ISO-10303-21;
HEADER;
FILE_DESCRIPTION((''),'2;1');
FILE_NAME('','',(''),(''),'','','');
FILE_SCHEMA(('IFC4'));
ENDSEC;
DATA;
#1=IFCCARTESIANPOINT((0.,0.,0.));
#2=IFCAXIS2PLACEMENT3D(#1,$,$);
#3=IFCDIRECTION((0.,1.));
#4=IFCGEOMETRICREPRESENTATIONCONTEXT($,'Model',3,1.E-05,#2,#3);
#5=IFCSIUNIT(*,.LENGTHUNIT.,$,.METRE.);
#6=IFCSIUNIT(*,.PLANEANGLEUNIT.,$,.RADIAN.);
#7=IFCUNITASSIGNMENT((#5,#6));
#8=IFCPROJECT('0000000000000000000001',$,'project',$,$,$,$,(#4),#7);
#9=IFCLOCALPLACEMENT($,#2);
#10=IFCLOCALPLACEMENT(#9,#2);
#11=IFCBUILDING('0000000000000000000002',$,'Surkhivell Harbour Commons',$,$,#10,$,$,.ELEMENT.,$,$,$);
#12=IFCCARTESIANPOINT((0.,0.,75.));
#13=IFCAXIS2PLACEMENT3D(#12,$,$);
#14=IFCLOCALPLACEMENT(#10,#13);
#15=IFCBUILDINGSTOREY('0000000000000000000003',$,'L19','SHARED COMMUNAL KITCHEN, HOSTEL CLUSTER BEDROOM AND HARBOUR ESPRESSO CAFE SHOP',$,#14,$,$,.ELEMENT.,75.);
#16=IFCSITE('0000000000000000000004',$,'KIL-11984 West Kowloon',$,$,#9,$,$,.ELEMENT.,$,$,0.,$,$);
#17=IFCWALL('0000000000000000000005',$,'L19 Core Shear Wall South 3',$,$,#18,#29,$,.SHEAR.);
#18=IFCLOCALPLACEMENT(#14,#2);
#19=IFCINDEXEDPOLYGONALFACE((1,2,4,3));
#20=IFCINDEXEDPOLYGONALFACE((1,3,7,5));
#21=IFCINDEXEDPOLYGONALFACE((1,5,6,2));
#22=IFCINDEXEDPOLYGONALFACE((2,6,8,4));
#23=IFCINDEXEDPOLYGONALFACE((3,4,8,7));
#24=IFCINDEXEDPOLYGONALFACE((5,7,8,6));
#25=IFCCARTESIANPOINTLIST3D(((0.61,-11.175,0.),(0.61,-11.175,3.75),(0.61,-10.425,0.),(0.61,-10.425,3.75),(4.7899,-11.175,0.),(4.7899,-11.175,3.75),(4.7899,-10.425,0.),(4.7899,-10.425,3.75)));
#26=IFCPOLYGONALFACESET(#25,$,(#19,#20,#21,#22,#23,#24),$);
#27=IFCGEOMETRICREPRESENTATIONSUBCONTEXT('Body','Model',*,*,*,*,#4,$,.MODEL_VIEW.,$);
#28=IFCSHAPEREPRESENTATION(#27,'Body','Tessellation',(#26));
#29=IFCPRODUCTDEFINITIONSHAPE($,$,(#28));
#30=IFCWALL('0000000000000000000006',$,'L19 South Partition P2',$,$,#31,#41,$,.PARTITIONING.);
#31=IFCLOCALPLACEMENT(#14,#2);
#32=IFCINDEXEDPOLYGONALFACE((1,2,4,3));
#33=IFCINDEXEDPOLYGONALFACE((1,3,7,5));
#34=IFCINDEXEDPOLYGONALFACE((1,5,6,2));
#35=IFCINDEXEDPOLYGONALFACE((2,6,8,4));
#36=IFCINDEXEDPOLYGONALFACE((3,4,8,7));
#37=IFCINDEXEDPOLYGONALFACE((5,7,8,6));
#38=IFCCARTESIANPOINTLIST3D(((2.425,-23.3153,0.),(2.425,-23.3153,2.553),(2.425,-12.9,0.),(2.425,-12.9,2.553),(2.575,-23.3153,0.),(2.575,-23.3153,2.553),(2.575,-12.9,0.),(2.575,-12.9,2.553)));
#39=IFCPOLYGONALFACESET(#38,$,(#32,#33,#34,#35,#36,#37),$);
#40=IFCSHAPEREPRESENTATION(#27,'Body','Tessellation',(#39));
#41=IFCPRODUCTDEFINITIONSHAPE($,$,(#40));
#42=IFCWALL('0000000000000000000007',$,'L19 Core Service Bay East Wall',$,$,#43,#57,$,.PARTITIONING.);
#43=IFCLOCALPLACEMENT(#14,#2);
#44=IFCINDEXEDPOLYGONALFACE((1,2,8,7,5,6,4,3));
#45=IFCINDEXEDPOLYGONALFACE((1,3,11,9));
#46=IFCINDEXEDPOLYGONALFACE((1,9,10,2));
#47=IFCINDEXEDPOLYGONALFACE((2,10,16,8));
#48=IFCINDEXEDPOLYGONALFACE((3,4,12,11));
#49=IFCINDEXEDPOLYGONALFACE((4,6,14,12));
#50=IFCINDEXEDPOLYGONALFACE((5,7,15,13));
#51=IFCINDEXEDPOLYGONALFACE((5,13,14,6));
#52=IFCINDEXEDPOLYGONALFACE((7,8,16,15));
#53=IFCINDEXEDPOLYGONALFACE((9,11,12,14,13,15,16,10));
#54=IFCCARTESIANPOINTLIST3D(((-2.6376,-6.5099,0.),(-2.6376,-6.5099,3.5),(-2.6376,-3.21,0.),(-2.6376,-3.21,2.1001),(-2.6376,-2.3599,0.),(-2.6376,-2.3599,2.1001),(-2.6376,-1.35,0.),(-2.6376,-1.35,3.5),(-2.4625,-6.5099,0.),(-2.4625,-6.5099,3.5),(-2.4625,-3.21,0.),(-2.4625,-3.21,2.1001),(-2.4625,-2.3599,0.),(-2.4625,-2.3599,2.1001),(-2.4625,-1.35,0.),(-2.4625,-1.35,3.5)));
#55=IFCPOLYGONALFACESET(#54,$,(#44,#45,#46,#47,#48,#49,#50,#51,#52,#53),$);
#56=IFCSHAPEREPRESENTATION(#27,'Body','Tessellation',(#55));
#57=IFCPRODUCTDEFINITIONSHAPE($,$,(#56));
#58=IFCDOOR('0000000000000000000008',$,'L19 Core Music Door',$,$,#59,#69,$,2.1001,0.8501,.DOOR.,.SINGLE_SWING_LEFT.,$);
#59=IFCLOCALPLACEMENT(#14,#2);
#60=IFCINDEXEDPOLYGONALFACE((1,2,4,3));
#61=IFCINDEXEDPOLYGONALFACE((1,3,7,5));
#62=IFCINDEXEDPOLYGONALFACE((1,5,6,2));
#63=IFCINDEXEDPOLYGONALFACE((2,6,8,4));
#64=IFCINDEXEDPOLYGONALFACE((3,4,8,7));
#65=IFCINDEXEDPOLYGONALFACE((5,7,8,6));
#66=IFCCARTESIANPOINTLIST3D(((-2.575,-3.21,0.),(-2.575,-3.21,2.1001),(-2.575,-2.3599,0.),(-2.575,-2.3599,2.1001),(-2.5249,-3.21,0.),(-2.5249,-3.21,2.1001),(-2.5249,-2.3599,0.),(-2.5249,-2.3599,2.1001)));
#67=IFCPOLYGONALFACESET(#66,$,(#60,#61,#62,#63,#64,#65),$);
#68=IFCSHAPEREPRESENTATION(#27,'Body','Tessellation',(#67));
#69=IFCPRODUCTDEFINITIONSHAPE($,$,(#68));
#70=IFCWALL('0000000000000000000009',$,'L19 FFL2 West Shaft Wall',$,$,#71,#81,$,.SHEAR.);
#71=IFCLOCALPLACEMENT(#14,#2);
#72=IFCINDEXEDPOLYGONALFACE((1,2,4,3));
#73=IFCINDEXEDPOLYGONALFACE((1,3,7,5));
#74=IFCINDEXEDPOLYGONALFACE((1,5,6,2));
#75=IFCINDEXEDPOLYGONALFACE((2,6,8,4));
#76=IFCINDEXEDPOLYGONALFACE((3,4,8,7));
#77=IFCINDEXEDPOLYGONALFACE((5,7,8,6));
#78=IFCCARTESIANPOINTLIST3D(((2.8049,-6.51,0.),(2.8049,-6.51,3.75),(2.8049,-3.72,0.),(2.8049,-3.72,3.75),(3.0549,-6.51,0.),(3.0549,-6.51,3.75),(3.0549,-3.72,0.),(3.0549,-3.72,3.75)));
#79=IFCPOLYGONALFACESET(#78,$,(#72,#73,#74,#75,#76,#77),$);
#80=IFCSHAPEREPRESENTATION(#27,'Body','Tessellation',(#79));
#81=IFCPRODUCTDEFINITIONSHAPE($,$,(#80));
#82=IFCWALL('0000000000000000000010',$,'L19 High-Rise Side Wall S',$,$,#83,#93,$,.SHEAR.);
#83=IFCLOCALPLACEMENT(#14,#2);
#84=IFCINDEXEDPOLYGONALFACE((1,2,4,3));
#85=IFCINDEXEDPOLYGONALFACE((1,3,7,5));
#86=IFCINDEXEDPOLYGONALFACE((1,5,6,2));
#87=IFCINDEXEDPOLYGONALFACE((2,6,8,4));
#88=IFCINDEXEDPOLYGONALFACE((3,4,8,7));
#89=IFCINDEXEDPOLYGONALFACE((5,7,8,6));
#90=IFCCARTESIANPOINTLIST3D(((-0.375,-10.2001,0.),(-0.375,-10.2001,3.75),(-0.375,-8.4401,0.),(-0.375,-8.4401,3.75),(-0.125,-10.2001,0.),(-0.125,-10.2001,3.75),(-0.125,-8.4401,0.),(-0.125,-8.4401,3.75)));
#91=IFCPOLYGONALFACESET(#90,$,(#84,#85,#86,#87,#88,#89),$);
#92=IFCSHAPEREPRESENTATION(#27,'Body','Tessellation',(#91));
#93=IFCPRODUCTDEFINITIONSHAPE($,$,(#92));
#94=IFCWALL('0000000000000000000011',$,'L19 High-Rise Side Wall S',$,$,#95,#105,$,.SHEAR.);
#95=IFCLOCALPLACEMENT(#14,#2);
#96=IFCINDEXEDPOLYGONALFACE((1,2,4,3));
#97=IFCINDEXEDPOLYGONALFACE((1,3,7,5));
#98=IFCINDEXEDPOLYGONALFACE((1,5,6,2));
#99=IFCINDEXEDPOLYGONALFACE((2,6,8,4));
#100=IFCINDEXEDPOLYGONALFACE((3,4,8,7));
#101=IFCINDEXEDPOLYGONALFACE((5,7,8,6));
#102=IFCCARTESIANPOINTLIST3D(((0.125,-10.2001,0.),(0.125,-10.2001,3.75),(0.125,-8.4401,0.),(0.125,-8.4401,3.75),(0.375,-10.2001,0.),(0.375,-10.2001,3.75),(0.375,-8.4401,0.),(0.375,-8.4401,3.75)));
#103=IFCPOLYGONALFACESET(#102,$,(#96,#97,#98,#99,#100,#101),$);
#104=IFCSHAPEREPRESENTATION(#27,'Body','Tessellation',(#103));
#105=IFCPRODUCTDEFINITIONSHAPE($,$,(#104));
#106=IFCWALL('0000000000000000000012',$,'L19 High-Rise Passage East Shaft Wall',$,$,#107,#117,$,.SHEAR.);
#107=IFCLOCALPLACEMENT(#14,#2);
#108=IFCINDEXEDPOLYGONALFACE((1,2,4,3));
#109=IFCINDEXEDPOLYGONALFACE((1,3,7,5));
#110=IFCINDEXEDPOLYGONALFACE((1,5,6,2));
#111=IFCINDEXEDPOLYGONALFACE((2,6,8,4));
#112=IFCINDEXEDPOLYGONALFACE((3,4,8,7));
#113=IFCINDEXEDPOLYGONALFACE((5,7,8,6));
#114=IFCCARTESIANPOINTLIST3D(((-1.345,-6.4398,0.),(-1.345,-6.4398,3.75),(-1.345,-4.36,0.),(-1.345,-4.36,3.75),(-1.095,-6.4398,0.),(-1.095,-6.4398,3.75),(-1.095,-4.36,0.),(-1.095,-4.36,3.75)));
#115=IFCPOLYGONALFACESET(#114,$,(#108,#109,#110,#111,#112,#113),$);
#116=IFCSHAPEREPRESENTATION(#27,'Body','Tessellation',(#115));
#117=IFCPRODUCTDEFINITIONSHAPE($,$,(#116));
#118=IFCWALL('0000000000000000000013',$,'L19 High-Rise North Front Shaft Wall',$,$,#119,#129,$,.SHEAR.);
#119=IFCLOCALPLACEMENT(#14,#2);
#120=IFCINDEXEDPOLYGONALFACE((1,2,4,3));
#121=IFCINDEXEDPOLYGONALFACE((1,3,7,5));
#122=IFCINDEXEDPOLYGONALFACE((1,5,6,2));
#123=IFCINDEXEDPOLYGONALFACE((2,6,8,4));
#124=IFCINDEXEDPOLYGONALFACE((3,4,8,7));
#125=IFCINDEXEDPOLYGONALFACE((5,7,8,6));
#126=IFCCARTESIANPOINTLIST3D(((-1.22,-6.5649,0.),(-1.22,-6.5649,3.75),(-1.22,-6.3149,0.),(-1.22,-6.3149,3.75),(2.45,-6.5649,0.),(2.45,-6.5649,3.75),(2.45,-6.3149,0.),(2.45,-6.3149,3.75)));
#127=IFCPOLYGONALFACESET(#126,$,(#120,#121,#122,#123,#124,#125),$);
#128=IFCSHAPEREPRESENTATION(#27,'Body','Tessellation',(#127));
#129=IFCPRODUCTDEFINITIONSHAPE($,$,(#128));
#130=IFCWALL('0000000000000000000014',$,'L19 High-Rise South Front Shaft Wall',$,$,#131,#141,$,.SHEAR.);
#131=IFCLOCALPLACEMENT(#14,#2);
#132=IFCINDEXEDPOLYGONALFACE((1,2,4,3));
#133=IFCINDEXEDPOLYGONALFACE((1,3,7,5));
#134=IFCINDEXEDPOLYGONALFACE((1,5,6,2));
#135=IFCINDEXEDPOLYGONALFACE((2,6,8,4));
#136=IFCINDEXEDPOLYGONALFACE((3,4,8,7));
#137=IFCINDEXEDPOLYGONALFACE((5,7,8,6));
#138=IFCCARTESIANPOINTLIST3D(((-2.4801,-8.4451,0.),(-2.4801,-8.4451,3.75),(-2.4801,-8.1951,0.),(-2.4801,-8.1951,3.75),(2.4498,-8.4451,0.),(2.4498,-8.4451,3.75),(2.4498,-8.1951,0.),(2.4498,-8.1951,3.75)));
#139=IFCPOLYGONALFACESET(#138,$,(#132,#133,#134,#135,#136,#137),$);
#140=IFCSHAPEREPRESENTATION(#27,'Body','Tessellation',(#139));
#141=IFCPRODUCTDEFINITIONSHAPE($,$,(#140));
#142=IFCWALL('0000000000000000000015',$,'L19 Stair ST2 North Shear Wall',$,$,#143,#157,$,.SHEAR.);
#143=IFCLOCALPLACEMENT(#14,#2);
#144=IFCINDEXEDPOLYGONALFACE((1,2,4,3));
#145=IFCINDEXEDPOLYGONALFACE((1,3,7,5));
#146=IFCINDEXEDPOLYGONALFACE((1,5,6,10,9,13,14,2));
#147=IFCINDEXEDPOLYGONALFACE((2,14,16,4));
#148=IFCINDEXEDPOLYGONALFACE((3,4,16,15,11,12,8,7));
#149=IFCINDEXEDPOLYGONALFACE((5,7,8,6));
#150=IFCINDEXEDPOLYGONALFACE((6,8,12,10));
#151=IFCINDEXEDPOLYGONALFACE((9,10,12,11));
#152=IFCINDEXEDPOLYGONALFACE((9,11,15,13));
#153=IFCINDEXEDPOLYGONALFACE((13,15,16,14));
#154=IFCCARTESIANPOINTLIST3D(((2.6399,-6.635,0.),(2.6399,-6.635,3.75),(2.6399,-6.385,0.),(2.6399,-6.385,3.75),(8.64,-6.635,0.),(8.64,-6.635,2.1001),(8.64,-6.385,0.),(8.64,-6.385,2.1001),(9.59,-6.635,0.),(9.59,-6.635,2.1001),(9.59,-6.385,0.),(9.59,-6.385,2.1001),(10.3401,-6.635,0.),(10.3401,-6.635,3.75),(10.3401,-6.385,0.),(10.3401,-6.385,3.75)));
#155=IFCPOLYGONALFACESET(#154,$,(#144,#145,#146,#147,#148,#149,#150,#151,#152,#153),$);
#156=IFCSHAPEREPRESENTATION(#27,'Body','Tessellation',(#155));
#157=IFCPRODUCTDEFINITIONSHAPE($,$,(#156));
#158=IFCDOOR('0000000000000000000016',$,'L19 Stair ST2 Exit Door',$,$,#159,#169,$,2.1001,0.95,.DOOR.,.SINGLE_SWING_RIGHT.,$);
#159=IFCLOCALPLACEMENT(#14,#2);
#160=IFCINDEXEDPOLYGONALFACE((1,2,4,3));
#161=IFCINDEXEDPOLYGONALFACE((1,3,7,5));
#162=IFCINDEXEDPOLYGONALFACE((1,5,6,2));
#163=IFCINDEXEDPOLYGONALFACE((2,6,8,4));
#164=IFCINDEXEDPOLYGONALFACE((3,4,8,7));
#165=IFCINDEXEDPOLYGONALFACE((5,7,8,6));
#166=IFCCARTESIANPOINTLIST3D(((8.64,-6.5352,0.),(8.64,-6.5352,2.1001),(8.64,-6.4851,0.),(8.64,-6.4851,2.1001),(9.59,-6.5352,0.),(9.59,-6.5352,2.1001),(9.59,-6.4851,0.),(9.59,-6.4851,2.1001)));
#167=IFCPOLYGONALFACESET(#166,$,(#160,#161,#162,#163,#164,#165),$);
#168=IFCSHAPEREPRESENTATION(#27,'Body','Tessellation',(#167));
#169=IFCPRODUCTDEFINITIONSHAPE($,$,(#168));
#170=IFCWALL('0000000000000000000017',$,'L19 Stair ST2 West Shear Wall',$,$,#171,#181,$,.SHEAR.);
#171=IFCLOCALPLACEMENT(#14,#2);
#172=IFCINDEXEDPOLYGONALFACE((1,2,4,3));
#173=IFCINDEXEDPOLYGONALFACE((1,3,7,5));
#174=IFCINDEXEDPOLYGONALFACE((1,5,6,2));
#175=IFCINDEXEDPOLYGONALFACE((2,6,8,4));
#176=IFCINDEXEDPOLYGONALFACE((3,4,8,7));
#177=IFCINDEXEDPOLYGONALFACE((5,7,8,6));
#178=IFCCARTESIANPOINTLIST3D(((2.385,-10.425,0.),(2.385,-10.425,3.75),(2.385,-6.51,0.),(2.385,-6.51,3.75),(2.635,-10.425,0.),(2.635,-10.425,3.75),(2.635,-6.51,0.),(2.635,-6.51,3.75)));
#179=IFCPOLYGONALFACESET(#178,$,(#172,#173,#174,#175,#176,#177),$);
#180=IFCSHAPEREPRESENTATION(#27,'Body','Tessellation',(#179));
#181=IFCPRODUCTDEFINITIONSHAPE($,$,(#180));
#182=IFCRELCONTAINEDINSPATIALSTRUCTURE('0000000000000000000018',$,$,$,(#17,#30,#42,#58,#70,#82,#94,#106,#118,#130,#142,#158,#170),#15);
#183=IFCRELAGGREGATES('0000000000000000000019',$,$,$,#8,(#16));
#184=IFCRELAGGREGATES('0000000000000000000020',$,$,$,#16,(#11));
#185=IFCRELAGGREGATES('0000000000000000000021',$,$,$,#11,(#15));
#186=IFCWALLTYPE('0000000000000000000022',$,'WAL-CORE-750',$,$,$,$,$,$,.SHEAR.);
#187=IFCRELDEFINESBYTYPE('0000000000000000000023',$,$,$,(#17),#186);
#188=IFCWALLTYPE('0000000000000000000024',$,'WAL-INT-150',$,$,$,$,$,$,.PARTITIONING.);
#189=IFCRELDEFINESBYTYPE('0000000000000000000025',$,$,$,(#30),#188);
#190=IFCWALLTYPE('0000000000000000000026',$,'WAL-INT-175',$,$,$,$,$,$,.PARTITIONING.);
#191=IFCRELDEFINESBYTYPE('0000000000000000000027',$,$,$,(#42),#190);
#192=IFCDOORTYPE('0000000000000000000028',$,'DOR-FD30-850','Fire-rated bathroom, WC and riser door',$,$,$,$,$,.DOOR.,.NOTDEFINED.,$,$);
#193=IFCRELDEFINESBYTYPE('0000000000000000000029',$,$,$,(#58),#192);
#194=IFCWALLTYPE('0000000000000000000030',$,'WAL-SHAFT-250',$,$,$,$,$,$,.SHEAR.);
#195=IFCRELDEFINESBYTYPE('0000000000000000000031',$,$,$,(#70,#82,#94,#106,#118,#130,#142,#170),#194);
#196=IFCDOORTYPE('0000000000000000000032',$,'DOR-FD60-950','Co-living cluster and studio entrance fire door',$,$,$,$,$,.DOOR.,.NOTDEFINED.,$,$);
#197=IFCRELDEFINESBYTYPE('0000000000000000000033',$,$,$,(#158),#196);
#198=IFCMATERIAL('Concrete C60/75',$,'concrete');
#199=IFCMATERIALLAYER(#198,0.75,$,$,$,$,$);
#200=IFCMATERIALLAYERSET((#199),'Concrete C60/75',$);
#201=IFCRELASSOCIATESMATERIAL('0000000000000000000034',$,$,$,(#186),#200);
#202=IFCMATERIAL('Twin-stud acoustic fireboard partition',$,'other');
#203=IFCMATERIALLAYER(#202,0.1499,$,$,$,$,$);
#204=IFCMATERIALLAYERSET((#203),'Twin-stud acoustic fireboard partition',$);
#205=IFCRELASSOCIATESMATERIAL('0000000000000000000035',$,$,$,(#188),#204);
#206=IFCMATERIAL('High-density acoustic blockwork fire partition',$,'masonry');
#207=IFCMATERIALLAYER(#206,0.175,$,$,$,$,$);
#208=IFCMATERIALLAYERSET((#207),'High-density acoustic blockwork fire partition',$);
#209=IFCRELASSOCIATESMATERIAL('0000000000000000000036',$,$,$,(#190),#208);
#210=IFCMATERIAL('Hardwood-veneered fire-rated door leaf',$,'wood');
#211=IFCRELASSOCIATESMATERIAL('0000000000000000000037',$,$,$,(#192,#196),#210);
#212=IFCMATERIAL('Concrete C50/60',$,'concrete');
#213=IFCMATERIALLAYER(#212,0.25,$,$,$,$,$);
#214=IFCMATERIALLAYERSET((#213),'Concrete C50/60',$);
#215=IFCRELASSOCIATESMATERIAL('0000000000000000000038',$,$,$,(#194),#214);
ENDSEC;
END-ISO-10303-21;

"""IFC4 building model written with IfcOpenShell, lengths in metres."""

from ifc_helpers import new_model, si_unit, direction, frame, frame_2d, origin, place, context, subcontext, project, spatial, rectangle, extrude, material, layer, layer_set, type_object, element, fill, save


model = new_model("IFC4")

# Units and contexts
model_context = context("Model", 3, precision=1e-05, world=origin(), true_north=direction((0.0, 1.0)))
body_context = subcontext(model_context, "Body", "Model", "MODEL_VIEW")
ifc_project = project(units=[si_unit("LENGTHUNIT", "METRE"), si_unit("PLANEANGLEUNIT", "RADIAN")], contexts=[model_context])

# Site, building, storey
site_placement = place(None, origin())
site = spatial("IfcSite", under=ifc_project, at=site_placement, Name="KIL-11984 West Kowloon", CompositionType="ELEMENT", RefElevation=0.0)
building_placement = place(site_placement, origin())
building = spatial("IfcBuilding", under=site, at=building_placement, Name="Surkhivell Harbour Commons", CompositionType="ELEMENT")
storey_placement = place(building_placement, frame((0.0, 0.0, 75.0)))
storey = spatial("IfcBuildingStorey", under=building, at=storey_placement, Name="L19", Description="SHARED COMMUNAL KITCHEN, HOSTEL CLUSTER BEDROOM AND HARBOUR ESPRESSO CAFE SHOP", CompositionType="ELEMENT", Elevation=75.0)

# Walls
ifc_material_1 = material(Name="Concrete C60/75", Category="concrete")
ifc_layer_1 = layer(ifc_material_1, 0.75)
ifc_layer_set_1 = layer_set([ifc_layer_1], Name="Concrete C60/75")
wall_type_1 = type_object("IfcWallType", Name="WAL-CORE-750", PredefinedType="SHEAR", material=ifc_layer_set_1)
wall_1_placement = place(storey_placement, frame((0.6101, -10.8, 0.0), z_axis=(0.0, 0.0, 1.0), x_axis=(1.0, 0.0, 0.0)))
element("IfcWall", 1, at=wall_1_placement, inside=storey, type_object=wall_type_1, Name="L19 Core Shear Wall South 3", PredefinedType="SHEAR", context=body_context, shape_type="SweptSolid", body=[
    extrude(rectangle(XDim=4.1799, YDim=0.75, at=frame_2d((2.0898, 0.0))), origin(), (0.0, 0.0, 1.0), 3.75),
])
ifc_material_2 = material(Name="Twin-stud acoustic fireboard partition", Category="other")
ifc_layer_2 = layer(ifc_material_2, 0.1499)
ifc_layer_set_2 = layer_set([ifc_layer_2], Name="Twin-stud acoustic fireboard partition")
wall_type_2 = type_object("IfcWallType", Name="WAL-INT-150", PredefinedType="PARTITIONING", material=ifc_layer_set_2)
wall_2_placement = place(storey_placement, frame((2.5, -23.3152, 0.0), z_axis=(0.0, 0.0, 1.0), x_axis=(0.0, 1.0, 0.0)))
element("IfcWall", 2, at=wall_2_placement, inside=storey, type_object=wall_type_2, Name="L19 South Partition P2", PredefinedType="PARTITIONING", context=body_context, shape_type="SweptSolid", body=[
    extrude(rectangle(XDim=10.4153, YDim=0.1499, at=frame_2d((5.2075, 0.0))), origin(), (0.0, 0.0, 1.0), 2.553),
])

# Wall, opening, door
ifc_material_3 = material(Name="High-density acoustic blockwork fire partition", Category="masonry")
ifc_layer_3 = layer(ifc_material_3, 0.175)
ifc_layer_set_3 = layer_set([ifc_layer_3], Name="High-density acoustic blockwork fire partition")
wall_type_3 = type_object("IfcWallType", Name="WAL-INT-175", PredefinedType="PARTITIONING", material=ifc_layer_set_3)
wall_3_placement = place(storey_placement, frame((-2.55, -6.51, 0.0), z_axis=(0.0, 0.0, 1.0), x_axis=(0.0, 1.0, 0.0)))
wall_3 = element("IfcWall", 3, at=wall_3_placement, inside=storey, type_object=wall_type_3, Name="L19 Core Service Bay East Wall", PredefinedType="PARTITIONING", context=body_context, shape_type="SweptSolid", body=[
    extrude(rectangle(XDim=5.1599, YDim=0.175, at=frame_2d((2.5801, 0.0))), origin(), (0.0, 0.0, 1.0), 3.5),
])
opening_1_placement = place(wall_3_placement, frame((3.3, 0.0, 0.0)))
opening_1 = element("IfcOpeningElement", 4, at=opening_1_placement, cuts=wall_3, PredefinedType="OPENING", context=body_context, shape_type="SweptSolid", body=[
    extrude(rectangle(XDim=0.8501, YDim=2.1001, at=frame_2d((0.425, 1.05))), frame((0.0, 0.0974, 0.0), z_axis=(0.0, -1.0, 0.0), x_axis=(1.0, 0.0, 0.0)), (0.0, 0.0, 1.0), 0.1951),
])
ifc_material_4 = material(Name="Hardwood-veneered fire-rated door leaf", Category="wood")
door_type_1 = type_object("IfcDoorType", Name="DOR-FD30-850", Description="Fire-rated bathroom, WC and riser door", OperationType="NOTDEFINED", PredefinedType="DOOR", material=ifc_material_4)
door_1_placement = place(opening_1_placement, origin())
door_1 = element("IfcDoor", 5, at=door_1_placement, inside=storey, type_object=door_type_1, Name="L19 Core Music Door", OperationType="SINGLE_SWING_LEFT", OverallHeight=2.1001, OverallWidth=0.8501, PredefinedType="DOOR", context=body_context, shape_type="SweptSolid", body=[
    extrude(rectangle(XDim=0.8501, YDim=2.1001, at=frame_2d((0.425, 1.05))), frame((0.0, 0.0249, 0.0), z_axis=(0.0, -1.0, 0.0), x_axis=(1.0, 0.0, 0.0)), (0.0, 0.0, 1.0), 0.05),
])
fill(opening_1, door_1)

# Walls
ifc_material_5 = material(Name="Concrete C50/60", Category="concrete")
ifc_layer_4 = layer(ifc_material_5, 0.25)
ifc_layer_set_4 = layer_set([ifc_layer_4], Name="Concrete C50/60")
wall_type_4 = type_object("IfcWallType", Name="WAL-SHAFT-250", PredefinedType="SHEAR", material=ifc_layer_set_4)
wall_4_placement = place(storey_placement, frame((2.9299, -6.51, 0.0), z_axis=(0.0, 0.0, 1.0), x_axis=(0.0, 1.0, 0.0)))
element("IfcWall", 6, at=wall_4_placement, inside=storey, type_object=wall_type_4, Name="L19 FFL2 West Shaft Wall", PredefinedType="SHEAR", context=body_context, shape_type="SweptSolid", body=[
    extrude(rectangle(XDim=2.79, YDim=0.25, at=frame_2d((1.395, 0.0))), origin(), (0.0, 0.0, 1.0), 3.75),
])
for number, where, z_axis, x_axis, name in (
    (7, (-0.25, -10.2, 0.0), (0.0, 0.0, 1.0), (0.0, 1.0, 0.0), "L19 High-Rise Side Wall S"),
    (8, (0.25, -10.2, 0.0), (0.0, 0.0, 1.0), (0.0, 1.0, 0.0), "L19 High-Rise Side Wall S"),
):
    element("IfcWall", number, at=place(storey_placement, frame(where, z_axis=z_axis, x_axis=x_axis)), inside=storey, type_object=wall_type_4, Name=name, PredefinedType="SHEAR", context=body_context, shape_type="SweptSolid", body=[
        extrude(rectangle(XDim=1.76, YDim=0.25, at=frame_2d((0.8799, 0.0))), origin(), (0.0, 0.0, 1.0), 3.75),
    ])
wall_5_placement = place(storey_placement, frame((-1.22, -6.4399, 0.0), z_axis=(0.0, 0.0, 1.0), x_axis=(0.0, 1.0, 0.0)))
element("IfcWall", 9, at=wall_5_placement, inside=storey, type_object=wall_type_4, Name="L19 High-Rise Passage East Shaft Wall", PredefinedType="SHEAR", context=body_context, shape_type="SweptSolid", body=[
    extrude(rectangle(XDim=2.0798, YDim=0.25, at=frame_2d((1.04, 0.0))), origin(), (0.0, 0.0, 1.0), 3.75),
])
wall_6_placement = place(storey_placement, frame((-1.22, -6.4399, 0.0), z_axis=(0.0, 0.0, 1.0), x_axis=(1.0, 0.0, 0.0)))
element("IfcWall", 10, at=wall_6_placement, inside=storey, type_object=wall_type_4, Name="L19 High-Rise North Front Shaft Wall", PredefinedType="SHEAR", context=body_context, shape_type="SweptSolid", body=[
    extrude(rectangle(XDim=3.6699, YDim=0.25, at=frame_2d((1.835, 0.0))), origin(), (0.0, 0.0, 1.0), 3.75),
])
wall_7_placement = place(storey_placement, frame((-2.48, -8.3201, 0.0), z_axis=(0.0, 0.0, 1.0), x_axis=(1.0, 0.0, 0.0)))
element("IfcWall", 11, at=wall_7_placement, inside=storey, type_object=wall_type_4, Name="L19 High-Rise South Front Shaft Wall", PredefinedType="SHEAR", context=body_context, shape_type="SweptSolid", body=[
    extrude(rectangle(XDim=4.9299, YDim=0.25, at=frame_2d((2.4648, 0.0))), origin(), (0.0, 0.0, 1.0), 3.75),
])

# Wall, opening, door
wall_8_placement = place(storey_placement, frame((2.6399, -6.51, 0.0), z_axis=(0.0, 0.0, 1.0), x_axis=(1.0, 0.0, 0.0)))
wall_8 = element("IfcWall", 12, at=wall_8_placement, inside=storey, type_object=wall_type_4, Name="L19 Stair ST2 North Shear Wall", PredefinedType="SHEAR", context=body_context, shape_type="SweptSolid", body=[
    extrude(rectangle(XDim=7.7002, YDim=0.25, at=frame_2d((3.8501, 0.0))), origin(), (0.0, 0.0, 1.0), 3.75),
])
opening_2_placement = place(wall_8_placement, frame((6.0, 0.0, 0.0)))
opening_2 = element("IfcOpeningElement", 13, at=opening_2_placement, cuts=wall_8, PredefinedType="OPENING", context=body_context, shape_type="SweptSolid", body=[
    extrude(rectangle(XDim=0.95, YDim=2.1001, at=frame_2d((0.4751, 1.05))), frame((0.0, 0.135, 0.0), z_axis=(0.0, -1.0, 0.0), x_axis=(1.0, 0.0, 0.0)), (0.0, 0.0, 1.0), 0.27),
])
door_type_2 = type_object("IfcDoorType", Name="DOR-FD60-950", Description="Co-living cluster and studio entrance fire door", OperationType="NOTDEFINED", PredefinedType="DOOR", material=ifc_material_4)
door_2_placement = place(opening_2_placement, origin())
door_2 = element("IfcDoor", 14, at=door_2_placement, inside=storey, type_object=door_type_2, Name="L19 Stair ST2 Exit Door", OperationType="SINGLE_SWING_RIGHT", OverallHeight=2.1001, OverallWidth=0.95, PredefinedType="DOOR", context=body_context, shape_type="SweptSolid", body=[
    extrude(rectangle(XDim=0.95, YDim=2.1001, at=frame_2d((0.4751, 1.05))), frame((0.0, 0.0249, 0.0), z_axis=(0.0, -1.0, 0.0), x_axis=(1.0, 0.0, 0.0)), (0.0, 0.0, 1.0), 0.05),
])
fill(opening_2, door_2)

# Wall
for number, where, z_axis, x_axis, name in (
    (15, (2.51, -10.425, 0.0), (0.0, 0.0, 1.0), (0.0, 1.0, 0.0), "L19 Stair ST2 West Shear Wall"),
):
    element("IfcWall", number, at=place(storey_placement, frame(where, z_axis=z_axis, x_axis=x_axis)), inside=storey, type_object=wall_type_4, Name=name, PredefinedType="SHEAR", context=body_context, shape_type="SweptSolid", body=[
        extrude(rectangle(XDim=3.915, YDim=0.25, at=frame_2d((1.9575, 0.0))), origin(), (0.0, 0.0, 1.0), 3.75),
    ])

save(model, "model.ifc")
